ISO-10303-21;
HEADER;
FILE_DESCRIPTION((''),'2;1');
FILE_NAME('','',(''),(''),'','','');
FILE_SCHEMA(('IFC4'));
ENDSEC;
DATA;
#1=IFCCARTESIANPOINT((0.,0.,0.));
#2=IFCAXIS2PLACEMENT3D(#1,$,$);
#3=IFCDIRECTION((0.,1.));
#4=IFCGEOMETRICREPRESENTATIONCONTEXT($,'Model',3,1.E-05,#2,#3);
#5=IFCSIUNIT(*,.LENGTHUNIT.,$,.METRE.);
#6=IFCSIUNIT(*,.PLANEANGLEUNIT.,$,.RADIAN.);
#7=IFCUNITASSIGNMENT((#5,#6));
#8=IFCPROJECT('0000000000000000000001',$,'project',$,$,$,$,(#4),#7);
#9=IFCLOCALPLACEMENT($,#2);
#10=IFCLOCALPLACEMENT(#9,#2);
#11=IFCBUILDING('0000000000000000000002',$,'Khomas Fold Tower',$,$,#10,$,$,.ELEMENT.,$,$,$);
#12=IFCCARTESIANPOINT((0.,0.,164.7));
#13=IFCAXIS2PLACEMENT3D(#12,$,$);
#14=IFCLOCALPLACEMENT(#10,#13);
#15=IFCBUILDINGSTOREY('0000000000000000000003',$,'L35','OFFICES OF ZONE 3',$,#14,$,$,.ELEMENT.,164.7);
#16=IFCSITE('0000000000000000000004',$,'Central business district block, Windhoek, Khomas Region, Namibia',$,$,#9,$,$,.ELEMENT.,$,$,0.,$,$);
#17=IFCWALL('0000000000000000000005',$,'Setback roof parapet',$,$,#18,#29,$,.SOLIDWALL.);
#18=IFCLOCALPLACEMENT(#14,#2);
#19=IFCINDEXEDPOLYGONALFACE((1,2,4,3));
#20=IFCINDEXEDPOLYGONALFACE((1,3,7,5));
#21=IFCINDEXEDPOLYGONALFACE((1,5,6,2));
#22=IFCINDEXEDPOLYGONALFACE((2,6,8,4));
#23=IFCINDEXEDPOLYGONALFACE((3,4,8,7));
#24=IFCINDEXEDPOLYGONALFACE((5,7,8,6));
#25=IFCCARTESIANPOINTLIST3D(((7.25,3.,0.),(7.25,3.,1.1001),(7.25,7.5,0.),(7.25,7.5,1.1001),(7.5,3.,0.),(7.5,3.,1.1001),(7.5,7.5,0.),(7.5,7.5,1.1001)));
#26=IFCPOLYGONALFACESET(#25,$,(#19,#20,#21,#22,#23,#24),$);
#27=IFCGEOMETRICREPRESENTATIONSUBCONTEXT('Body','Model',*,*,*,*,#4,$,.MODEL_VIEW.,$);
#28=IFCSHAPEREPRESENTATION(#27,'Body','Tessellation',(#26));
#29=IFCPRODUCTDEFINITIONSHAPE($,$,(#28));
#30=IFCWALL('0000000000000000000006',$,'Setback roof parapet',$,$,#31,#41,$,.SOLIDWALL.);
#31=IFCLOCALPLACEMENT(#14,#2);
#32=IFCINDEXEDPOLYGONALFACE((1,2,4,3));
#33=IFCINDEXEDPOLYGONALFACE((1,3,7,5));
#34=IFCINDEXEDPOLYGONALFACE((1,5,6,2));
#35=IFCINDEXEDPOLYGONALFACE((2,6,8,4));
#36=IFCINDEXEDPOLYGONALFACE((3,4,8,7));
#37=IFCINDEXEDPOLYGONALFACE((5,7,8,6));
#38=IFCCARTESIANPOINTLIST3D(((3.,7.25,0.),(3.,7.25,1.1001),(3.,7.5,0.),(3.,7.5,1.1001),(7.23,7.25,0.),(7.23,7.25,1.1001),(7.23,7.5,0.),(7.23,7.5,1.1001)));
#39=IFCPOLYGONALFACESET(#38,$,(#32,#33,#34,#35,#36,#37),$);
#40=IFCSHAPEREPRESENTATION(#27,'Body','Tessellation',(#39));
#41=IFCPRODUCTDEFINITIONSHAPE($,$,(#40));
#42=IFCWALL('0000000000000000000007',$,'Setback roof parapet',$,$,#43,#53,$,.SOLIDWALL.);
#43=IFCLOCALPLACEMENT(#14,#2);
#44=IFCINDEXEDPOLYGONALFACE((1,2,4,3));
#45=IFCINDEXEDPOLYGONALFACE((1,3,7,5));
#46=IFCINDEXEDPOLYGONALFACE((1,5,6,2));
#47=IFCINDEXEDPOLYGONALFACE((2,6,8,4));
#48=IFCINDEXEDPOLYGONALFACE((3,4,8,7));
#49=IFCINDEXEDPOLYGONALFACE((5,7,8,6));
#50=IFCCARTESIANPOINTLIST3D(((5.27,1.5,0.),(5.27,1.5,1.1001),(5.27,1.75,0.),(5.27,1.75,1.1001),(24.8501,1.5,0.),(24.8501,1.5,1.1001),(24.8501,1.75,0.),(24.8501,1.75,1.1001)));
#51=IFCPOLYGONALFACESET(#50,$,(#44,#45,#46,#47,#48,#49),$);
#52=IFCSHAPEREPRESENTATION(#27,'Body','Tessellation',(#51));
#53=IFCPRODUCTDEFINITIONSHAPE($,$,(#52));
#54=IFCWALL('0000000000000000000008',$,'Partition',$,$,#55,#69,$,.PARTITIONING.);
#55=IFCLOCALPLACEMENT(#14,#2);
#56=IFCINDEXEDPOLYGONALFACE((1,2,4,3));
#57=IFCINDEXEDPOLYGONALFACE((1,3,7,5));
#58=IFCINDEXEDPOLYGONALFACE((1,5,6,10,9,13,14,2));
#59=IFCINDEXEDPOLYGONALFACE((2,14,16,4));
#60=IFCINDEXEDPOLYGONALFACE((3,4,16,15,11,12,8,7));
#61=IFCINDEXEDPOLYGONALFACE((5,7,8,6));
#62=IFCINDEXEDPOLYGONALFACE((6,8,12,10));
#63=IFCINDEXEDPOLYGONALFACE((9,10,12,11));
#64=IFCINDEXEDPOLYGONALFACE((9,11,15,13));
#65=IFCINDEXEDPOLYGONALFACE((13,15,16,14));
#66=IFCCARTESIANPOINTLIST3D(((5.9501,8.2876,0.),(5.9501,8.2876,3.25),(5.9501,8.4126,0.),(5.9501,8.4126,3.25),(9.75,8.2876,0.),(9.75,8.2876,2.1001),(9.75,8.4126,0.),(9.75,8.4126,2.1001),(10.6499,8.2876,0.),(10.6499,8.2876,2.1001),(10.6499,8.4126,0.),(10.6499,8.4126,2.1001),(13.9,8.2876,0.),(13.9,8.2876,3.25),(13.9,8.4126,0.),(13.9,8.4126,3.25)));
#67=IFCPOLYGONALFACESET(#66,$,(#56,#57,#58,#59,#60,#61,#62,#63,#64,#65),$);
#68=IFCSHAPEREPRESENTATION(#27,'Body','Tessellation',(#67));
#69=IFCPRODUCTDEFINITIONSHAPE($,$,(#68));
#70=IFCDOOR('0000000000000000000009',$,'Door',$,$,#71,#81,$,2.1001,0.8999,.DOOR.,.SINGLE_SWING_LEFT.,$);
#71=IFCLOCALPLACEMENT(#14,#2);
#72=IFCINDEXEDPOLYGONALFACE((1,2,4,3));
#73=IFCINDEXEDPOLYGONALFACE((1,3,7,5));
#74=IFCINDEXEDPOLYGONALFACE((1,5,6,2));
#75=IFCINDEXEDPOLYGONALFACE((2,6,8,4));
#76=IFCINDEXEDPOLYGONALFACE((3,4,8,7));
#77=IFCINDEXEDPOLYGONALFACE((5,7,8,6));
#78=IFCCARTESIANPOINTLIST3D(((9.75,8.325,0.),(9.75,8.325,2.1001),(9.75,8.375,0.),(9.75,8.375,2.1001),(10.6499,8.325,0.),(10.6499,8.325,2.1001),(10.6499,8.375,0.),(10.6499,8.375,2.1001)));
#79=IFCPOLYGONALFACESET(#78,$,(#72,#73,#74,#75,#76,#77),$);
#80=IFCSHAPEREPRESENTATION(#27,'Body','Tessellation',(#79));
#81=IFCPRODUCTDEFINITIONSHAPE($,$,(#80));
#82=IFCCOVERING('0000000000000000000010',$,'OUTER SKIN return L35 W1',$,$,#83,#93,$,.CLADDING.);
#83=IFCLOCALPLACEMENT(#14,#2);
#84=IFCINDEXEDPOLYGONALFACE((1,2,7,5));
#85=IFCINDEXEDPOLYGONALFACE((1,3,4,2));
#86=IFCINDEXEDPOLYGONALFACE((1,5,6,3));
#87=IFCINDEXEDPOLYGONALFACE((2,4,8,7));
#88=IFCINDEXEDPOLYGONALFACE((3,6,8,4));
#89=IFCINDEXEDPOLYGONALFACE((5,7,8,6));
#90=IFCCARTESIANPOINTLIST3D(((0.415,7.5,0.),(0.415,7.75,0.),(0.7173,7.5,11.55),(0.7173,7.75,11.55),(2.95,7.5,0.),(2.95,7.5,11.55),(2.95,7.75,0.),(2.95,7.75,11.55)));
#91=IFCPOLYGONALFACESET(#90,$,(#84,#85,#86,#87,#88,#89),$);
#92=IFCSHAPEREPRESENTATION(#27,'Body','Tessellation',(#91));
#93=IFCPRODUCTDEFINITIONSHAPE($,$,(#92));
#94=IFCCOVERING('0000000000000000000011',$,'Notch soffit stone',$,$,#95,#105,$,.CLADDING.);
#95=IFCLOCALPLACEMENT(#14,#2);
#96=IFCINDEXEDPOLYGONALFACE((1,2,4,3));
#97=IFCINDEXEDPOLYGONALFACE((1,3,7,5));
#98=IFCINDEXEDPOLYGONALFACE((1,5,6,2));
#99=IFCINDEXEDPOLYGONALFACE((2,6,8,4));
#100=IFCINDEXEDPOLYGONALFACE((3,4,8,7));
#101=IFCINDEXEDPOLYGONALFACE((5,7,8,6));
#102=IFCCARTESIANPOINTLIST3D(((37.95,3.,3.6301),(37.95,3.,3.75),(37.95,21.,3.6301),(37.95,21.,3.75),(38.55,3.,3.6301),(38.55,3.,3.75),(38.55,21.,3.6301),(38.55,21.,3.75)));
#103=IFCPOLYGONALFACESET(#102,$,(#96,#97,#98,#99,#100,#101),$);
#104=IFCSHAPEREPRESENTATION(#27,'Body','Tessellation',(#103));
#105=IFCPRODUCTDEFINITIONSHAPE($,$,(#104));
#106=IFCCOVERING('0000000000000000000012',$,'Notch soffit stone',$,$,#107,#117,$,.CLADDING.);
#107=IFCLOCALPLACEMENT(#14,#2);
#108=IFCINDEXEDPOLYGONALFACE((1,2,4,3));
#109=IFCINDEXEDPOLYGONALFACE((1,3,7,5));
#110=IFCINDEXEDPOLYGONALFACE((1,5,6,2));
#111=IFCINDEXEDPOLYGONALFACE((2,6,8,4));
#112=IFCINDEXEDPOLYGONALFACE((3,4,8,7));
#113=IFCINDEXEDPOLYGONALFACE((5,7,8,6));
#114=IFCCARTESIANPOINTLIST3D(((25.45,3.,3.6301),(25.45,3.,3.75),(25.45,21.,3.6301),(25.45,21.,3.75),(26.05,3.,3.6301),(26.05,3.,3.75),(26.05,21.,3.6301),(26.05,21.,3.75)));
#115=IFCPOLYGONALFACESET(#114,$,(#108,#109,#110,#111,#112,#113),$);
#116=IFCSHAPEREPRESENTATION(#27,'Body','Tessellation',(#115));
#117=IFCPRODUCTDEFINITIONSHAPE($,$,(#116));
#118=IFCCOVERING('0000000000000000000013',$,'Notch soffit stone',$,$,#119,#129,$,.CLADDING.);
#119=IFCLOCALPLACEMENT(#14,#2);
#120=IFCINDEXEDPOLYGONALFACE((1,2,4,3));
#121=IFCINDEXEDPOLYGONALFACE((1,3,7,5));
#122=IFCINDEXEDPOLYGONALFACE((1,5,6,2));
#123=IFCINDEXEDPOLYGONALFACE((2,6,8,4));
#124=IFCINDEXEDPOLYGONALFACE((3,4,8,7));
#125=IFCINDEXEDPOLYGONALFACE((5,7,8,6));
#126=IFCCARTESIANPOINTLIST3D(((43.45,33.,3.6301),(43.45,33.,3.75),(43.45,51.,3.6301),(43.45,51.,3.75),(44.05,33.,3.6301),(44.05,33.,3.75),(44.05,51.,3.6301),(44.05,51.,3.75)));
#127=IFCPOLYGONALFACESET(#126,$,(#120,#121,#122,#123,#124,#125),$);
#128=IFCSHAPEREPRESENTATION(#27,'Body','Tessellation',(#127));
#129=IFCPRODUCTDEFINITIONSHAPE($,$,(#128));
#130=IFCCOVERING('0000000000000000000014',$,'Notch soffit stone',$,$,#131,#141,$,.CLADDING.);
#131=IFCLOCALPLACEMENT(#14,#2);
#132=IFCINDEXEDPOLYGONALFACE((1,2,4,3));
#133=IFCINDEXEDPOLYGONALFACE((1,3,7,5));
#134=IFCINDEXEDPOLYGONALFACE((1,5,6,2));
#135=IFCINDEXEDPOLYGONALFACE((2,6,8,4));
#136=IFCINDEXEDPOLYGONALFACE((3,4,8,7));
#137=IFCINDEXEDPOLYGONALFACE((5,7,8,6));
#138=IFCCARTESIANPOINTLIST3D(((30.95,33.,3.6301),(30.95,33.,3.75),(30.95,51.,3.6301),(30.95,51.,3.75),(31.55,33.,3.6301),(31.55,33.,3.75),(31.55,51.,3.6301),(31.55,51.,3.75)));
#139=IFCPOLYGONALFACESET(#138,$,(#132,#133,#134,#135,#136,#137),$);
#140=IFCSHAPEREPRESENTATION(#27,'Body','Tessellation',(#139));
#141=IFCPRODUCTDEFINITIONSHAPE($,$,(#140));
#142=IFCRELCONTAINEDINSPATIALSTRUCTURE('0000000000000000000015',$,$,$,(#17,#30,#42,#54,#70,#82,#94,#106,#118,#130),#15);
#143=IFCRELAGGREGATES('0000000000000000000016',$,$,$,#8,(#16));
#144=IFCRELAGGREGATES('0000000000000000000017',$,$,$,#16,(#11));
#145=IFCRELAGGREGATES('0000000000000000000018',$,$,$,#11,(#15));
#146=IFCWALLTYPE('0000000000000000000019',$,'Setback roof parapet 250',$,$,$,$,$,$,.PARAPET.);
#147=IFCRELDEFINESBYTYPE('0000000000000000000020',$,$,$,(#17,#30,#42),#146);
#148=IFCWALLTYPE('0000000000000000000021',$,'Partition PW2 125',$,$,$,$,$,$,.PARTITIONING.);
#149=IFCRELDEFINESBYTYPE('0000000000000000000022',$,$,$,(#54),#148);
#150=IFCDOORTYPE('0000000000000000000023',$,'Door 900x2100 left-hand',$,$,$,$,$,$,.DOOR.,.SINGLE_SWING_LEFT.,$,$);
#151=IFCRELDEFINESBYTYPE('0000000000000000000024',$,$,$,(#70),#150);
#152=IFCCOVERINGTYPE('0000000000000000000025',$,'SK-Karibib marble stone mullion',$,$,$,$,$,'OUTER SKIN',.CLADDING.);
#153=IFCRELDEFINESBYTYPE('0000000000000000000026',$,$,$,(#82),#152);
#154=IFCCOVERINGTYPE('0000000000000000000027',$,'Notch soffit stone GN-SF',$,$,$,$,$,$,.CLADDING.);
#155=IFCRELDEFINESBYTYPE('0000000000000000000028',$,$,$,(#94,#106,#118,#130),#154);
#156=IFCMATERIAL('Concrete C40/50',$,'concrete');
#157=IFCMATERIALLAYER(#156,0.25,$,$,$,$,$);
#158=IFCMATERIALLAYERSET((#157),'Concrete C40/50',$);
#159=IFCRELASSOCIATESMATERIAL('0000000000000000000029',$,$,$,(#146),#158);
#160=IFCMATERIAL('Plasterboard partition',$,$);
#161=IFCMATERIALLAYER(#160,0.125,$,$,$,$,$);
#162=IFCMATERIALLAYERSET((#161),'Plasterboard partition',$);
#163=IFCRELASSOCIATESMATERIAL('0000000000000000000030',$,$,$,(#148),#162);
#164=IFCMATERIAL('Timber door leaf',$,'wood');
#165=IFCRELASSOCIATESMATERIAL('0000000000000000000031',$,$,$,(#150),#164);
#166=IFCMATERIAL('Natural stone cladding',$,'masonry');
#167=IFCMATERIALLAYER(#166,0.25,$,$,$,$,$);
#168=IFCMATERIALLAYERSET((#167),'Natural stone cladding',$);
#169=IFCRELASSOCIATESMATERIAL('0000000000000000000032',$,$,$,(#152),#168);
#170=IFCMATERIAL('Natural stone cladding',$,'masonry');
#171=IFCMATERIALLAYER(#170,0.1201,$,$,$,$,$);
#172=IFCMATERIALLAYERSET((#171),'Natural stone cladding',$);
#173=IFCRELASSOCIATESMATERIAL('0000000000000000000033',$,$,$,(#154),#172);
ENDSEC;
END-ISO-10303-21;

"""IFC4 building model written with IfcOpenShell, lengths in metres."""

from ifc_helpers import new_model, si_unit, direction, frame, frame_2d, origin, place, context, subcontext, project, spatial, polyline, rectangle, outline, extrude, source, transform, mapped, material, layer, layer_set, type_object, element, fill, save


model = new_model("IFC4")

# Units and contexts
model_context = context("Model", 3, precision=1e-05, world=origin(), true_north=direction((0.0, 1.0)))
body_context = subcontext(model_context, "Body", "Model", "MODEL_VIEW")
ifc_project = project(units=[si_unit("LENGTHUNIT", "METRE"), si_unit("PLANEANGLEUNIT", "RADIAN")], contexts=[model_context])

# Site, building, storey
site_placement = place(None, origin())
site = spatial("IfcSite", under=ifc_project, at=site_placement, Name="Central business district block, Windhoek, Khomas Region, Namibia", CompositionType="ELEMENT", RefElevation=0.0)
building_placement = place(site_placement, origin())
building = spatial("IfcBuilding", under=site, at=building_placement, Name="Khomas Fold Tower", CompositionType="ELEMENT")
storey_placement = place(building_placement, frame((0.0, 0.0, 164.7)))
storey = spatial("IfcBuildingStorey", under=building, at=storey_placement, Name="L35", Description="OFFICES OF ZONE 3", CompositionType="ELEMENT", Elevation=164.7)

# Walls
ifc_material_1 = material(Name="Concrete C40/50", Category="concrete")
ifc_layer_1 = layer(ifc_material_1, 0.25)
ifc_layer_set_1 = layer_set([ifc_layer_1], Name="Concrete C40/50")
wall_type_1 = type_object("IfcWallType", Name="Setback roof parapet 250", PredefinedType="PARAPET", material=ifc_layer_set_1)
shared_shape_1 = source(origin(), body_context, "Body", "SweptSolid", [
    extrude(rectangle(XDim=4.5, YDim=0.25, at=frame_2d((2.25, 0.0))), origin(), (0.0, 0.0, 1.0), 1.1001),
])
wall_1_placement = place(storey_placement, frame((7.375, 3.0, 0.0), z_axis=(0.0, 0.0, 1.0), x_axis=(0.0, 1.0, 0.0)))
element("IfcWall", 1, at=wall_1_placement, inside=storey, type_object=wall_type_1, Name="Setback roof parapet", PredefinedType="SOLIDWALL", context=body_context, shape_type="MappedRepresentation", body=[
    mapped(shared_shape_1, transform((0.0, 0.0, 0.0))),
])
shared_shape_2 = source(origin(), body_context, "Body", "SweptSolid", [
    extrude(rectangle(XDim=4.23, YDim=0.25, at=frame_2d((2.115, 0.0))), origin(), (0.0, 0.0, 1.0), 1.1001),
])
wall_2_placement = place(storey_placement, frame((7.23, 7.375, 0.0), z_axis=(0.0, 0.0, 1.0), x_axis=(-1.0, 0.0, 0.0)))
element("IfcWall", 2, at=wall_2_placement, inside=storey, type_object=wall_type_1, Name="Setback roof parapet", PredefinedType="SOLIDWALL", context=body_context, shape_type="MappedRepresentation", body=[
    mapped(shared_shape_2, transform((0.0, 0.0, 0.0))),
])
shared_shape_3 = source(origin(), body_context, "Body", "SweptSolid", [
    extrude(rectangle(XDim=19.5801, YDim=0.25, at=frame_2d((9.79, 0.0))), origin(), (0.0, 0.0, 1.0), 1.1001),
])
wall_3_placement = place(storey_placement, frame((5.27, 1.625, 0.0), z_axis=(0.0, 0.0, 1.0), x_axis=(1.0, 0.0, 0.0)))
element("IfcWall", 3, at=wall_3_placement, inside=storey, type_object=wall_type_1, Name="Setback roof parapet", PredefinedType="SOLIDWALL", context=body_context, shape_type="MappedRepresentation", body=[
    mapped(shared_shape_3, transform((0.0, 0.0, 0.0))),
])

# Wall, opening, door
ifc_material_2 = material(Name="Plasterboard partition")
ifc_layer_2 = layer(ifc_material_2, 0.125)
ifc_layer_set_2 = layer_set([ifc_layer_2], Name="Plasterboard partition")
wall_type_2 = type_object("IfcWallType", Name="Partition PW2 125", PredefinedType="PARTITIONING", material=ifc_layer_set_2)
shared_shape_4 = source(origin(), body_context, "Body", "SweptSolid", [
    extrude(rectangle(XDim=7.95, YDim=0.125, at=frame_2d((3.9751, 0.0))), origin(), (0.0, 0.0, 1.0), 3.25),
])
wall_4_placement = place(storey_placement, frame((5.95, 8.3501, 0.0), z_axis=(0.0, 0.0, 1.0), x_axis=(1.0, 0.0, 0.0)))
wall_4 = element("IfcWall", 4, at=wall_4_placement, inside=storey, type_object=wall_type_2, Name="Partition", PredefinedType="PARTITIONING", context=body_context, shape_type="MappedRepresentation", body=[
    mapped(shared_shape_4, transform((0.0, 0.0, 0.0))),
])
shared_shape_5 = source(origin(), body_context, "Body", "SweptSolid", [
    extrude(rectangle(XDim=0.8999, YDim=2.1001, at=frame_2d((0.45, 1.05))), frame((0.0, 0.0725, 0.0), z_axis=(0.0, -1.0, 0.0), x_axis=(1.0, 0.0, 0.0)), (0.0, 0.0, 1.0), 0.145),
])
opening_placement = place(wall_4_placement, frame((3.8, 0.0, 0.0)))
opening = element("IfcOpeningElement", 5, at=opening_placement, cuts=wall_4, PredefinedType="OPENING", context=body_context, shape_type="MappedRepresentation", body=[
    mapped(shared_shape_5, transform((0.0, 0.0, 0.0))),
])
ifc_material_3 = material(Name="Timber door leaf", Category="wood")
door_type = type_object("IfcDoorType", Name="Door 900x2100 left-hand", OperationType="SINGLE_SWING_LEFT", PredefinedType="DOOR", material=ifc_material_3)
shared_shape_6 = source(origin(), body_context, "Body", "SweptSolid", [
    extrude(rectangle(XDim=0.8999, YDim=2.1001, at=frame_2d((0.45, 1.05))), frame((0.0, 0.0249, 0.0), z_axis=(0.0, -1.0, 0.0), x_axis=(1.0, 0.0, 0.0)), (0.0, 0.0, 1.0), 0.05),
])
door_placement = place(opening_placement, origin())
door = element("IfcDoor", 6, at=door_placement, inside=storey, type_object=door_type, Name="Door", OperationType="SINGLE_SWING_LEFT", OverallHeight=2.1001, OverallWidth=0.8999, PredefinedType="DOOR", context=body_context, shape_type="MappedRepresentation", body=[
    mapped(shared_shape_6, transform((0.0, 0.0, 0.0))),
])
fill(opening, door)

# Coverings
ifc_material_4 = material(Name="Natural stone cladding", Category="masonry")
ifc_layer_3 = layer(ifc_material_4, 0.25)
ifc_layer_set_3 = layer_set([ifc_layer_3], Name="Natural stone cladding")
covering_type_1 = type_object("IfcCoveringType", Name="SK-Karibib marble stone mullion", ElementType="OUTER SKIN", PredefinedType="CLADDING", material=ifc_layer_set_3)
covering_1_placement = place(storey_placement, frame((2.95, 7.5, 11.55), z_axis=(0.0, -1.0, 0.0), x_axis=(-1.0, 0.0, 0.0)))
element("IfcCovering", 7, at=covering_1_placement, inside=storey, type_object=covering_type_1, Name="OUTER SKIN return L35 W1", PredefinedType="CLADDING", context=body_context, shape_type="SweptSolid", body=[
    extrude(outline(polyline([(0.0, 0.0), (2.2327, 0.0), (2.5349, 11.55), (0.0, 11.55), (0.0, 0.0)])), origin(), (0.0, 0.0, -1.0), 0.25),
])
ifc_material_5 = material(Name="Natural stone cladding", Category="masonry")
ifc_layer_4 = layer(ifc_material_5, 0.1201)
ifc_layer_set_4 = layer_set([ifc_layer_4], Name="Natural stone cladding")
covering_type_2 = type_object("IfcCoveringType", Name="Notch soffit stone GN-SF", PredefinedType="CLADDING", material=ifc_layer_set_4)
shared_shape_7 = source(origin(), body_context, "Body", "SweptSolid", [
    extrude(outline(polyline([(37.95, 21.0), (37.95, 3.0), (38.55, 3.0), (38.55, 21.0), (37.95, 21.0)])), origin(), (0.0, 0.0, 1.0), 0.1199),
])
covering_2_placement = place(storey_placement, frame((0.0, 0.0, 3.6301)))
element("IfcCovering", 8, at=covering_2_placement, inside=storey, type_object=covering_type_2, Name="Notch soffit stone", PredefinedType="CLADDING", context=body_context, shape_type="MappedRepresentation", body=[
    mapped(shared_shape_7, transform((0.0, 0.0, 0.0))),
])
shared_shape_8 = source(origin(), body_context, "Body", "SweptSolid", [
    extrude(outline(polyline([(26.05, 3.0), (26.05, 21.0), (25.45, 21.0), (25.45, 3.0), (26.05, 3.0)])), origin(), (0.0, 0.0, 1.0), 0.1199),
])
covering_3_placement = place(storey_placement, frame((0.0, 0.0, 3.6301)))
element("IfcCovering", 9, at=covering_3_placement, inside=storey, type_object=covering_type_2, Name="Notch soffit stone", PredefinedType="CLADDING", context=body_context, shape_type="MappedRepresentation", body=[
    mapped(shared_shape_8, transform((0.0, 0.0, 0.0))),
])
shared_shape_9 = source(origin(), body_context, "Body", "SweptSolid", [
    extrude(outline(polyline([(43.45, 51.0), (43.45, 33.0), (44.05, 33.0), (44.05, 51.0), (43.45, 51.0)])), origin(), (0.0, 0.0, 1.0), 0.1199),
])
covering_4_placement = place(storey_placement, frame((0.0, 0.0, 3.6301)))
element("IfcCovering", 10, at=covering_4_placement, inside=storey, type_object=covering_type_2, Name="Notch soffit stone", PredefinedType="CLADDING", context=body_context, shape_type="MappedRepresentation", body=[
    mapped(shared_shape_9, transform((0.0, 0.0, 0.0))),
])
shared_shape_10 = source(origin(), body_context, "Body", "SweptSolid", [
    extrude(outline(polyline([(31.55, 33.0), (31.55, 51.0), (30.95, 51.0), (30.95, 33.0), (31.55, 33.0)])), origin(), (0.0, 0.0, 1.0), 0.1199),
])
covering_5_placement = place(storey_placement, frame((0.0, 0.0, 3.6301)))
element("IfcCovering", 11, at=covering_5_placement, inside=storey, type_object=covering_type_2, Name="Notch soffit stone", PredefinedType="CLADDING", context=body_context, shape_type="MappedRepresentation", body=[
    mapped(shared_shape_10, transform((0.0, 0.0, 0.0))),
])

save(model, "model.ifc")
